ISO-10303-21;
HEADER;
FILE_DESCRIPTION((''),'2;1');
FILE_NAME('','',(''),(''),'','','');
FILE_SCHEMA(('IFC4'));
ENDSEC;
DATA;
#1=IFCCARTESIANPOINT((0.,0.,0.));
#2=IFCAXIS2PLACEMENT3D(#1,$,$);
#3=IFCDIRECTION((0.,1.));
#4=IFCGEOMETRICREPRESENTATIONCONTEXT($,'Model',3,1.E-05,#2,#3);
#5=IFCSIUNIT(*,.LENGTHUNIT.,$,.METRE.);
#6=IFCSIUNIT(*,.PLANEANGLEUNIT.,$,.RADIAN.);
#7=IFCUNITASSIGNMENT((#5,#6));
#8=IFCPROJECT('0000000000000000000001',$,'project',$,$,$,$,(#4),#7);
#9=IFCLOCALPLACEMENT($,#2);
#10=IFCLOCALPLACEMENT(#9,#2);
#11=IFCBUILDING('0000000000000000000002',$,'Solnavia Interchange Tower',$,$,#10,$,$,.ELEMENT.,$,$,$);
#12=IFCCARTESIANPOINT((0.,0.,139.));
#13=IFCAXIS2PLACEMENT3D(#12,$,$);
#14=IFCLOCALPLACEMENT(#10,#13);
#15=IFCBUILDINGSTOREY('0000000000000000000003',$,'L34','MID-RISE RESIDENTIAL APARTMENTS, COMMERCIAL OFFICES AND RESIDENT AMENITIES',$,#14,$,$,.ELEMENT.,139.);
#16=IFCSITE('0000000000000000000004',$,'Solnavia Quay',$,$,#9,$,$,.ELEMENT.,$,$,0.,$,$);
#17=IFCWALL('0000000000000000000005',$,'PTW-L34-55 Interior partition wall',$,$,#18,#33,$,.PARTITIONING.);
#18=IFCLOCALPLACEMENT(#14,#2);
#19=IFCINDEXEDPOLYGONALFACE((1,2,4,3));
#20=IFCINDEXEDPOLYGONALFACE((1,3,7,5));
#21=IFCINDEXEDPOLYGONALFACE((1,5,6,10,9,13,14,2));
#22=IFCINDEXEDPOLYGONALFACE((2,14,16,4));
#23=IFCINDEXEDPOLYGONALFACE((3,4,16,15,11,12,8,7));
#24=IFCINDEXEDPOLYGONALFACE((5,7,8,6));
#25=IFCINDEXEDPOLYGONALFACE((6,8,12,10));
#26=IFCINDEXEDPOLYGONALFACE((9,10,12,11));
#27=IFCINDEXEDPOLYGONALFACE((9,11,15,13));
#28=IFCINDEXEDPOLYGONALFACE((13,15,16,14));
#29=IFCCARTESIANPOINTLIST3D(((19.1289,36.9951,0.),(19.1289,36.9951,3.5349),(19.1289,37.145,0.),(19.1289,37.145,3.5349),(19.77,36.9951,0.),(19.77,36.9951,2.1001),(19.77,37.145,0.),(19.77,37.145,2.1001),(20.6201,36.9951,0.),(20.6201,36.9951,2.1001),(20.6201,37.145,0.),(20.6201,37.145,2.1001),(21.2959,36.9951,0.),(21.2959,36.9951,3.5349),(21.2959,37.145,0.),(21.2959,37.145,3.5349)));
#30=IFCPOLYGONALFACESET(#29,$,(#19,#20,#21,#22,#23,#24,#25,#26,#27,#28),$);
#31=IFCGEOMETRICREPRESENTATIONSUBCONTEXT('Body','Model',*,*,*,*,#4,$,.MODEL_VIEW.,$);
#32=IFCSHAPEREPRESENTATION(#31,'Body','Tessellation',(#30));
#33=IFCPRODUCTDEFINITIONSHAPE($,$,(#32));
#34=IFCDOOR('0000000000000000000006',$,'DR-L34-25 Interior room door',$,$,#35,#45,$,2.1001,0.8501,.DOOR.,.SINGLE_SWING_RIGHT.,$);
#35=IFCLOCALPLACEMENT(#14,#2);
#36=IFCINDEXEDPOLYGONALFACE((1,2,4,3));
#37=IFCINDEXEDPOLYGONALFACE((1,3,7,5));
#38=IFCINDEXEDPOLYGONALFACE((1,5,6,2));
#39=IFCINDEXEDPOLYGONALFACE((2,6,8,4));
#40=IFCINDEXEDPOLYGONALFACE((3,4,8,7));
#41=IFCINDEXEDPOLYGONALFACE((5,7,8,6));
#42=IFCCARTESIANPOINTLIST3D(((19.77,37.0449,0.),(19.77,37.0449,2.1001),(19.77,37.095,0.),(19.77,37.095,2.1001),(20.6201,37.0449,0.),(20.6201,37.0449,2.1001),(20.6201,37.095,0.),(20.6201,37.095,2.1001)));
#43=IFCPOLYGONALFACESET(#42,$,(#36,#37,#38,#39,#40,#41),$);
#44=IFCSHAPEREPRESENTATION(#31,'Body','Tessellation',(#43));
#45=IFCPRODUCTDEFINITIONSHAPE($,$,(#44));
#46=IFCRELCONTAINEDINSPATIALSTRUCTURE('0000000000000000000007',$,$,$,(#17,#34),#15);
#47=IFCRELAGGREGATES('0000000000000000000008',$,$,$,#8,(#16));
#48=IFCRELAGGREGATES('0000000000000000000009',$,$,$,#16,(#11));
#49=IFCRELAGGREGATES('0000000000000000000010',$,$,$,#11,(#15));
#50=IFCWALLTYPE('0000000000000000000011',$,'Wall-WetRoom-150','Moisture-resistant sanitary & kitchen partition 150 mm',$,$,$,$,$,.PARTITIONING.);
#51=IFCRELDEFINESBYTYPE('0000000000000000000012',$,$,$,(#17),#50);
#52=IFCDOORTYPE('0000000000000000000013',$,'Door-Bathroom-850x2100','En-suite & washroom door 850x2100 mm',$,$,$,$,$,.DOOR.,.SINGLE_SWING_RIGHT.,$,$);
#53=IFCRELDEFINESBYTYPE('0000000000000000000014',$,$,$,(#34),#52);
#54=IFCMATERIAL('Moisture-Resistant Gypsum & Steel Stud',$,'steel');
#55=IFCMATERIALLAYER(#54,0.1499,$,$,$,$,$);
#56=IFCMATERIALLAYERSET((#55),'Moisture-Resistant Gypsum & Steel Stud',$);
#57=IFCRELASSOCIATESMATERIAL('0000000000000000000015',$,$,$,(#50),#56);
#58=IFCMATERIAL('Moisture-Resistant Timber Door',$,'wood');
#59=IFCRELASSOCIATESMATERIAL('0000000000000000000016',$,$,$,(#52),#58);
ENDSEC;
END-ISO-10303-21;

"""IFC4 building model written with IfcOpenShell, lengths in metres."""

from ifc_helpers import new_model, si_unit, direction, frame, frame_2d, origin, place, context, subcontext, project, spatial, rectangle, extrude, material, layer, layer_set, type_object, element, fill, save


model = new_model("IFC4")

# Units and contexts
model_context = context("Model", 3, precision=1e-05, world=origin(), true_north=direction((0.0, 1.0)))
body_context = subcontext(model_context, "Body", "Model", "MODEL_VIEW")
ifc_project = project(units=[si_unit("LENGTHUNIT", "METRE"), si_unit("PLANEANGLEUNIT", "RADIAN")], contexts=[model_context])

# Site, building, storey
site_placement = place(None, origin())
site = spatial("IfcSite", under=ifc_project, at=site_placement, Name="Solnavia Quay", CompositionType="ELEMENT", RefElevation=0.0)
building_placement = place(site_placement, origin())
building = spatial("IfcBuilding", under=site, at=building_placement, Name="Solnavia Interchange Tower", CompositionType="ELEMENT")
storey_placement = place(building_placement, frame((0.0, 0.0, 139.0)))
storey = spatial("IfcBuildingStorey", under=building, at=storey_placement, Name="L34", Description="MID-RISE RESIDENTIAL APARTMENTS, COMMERCIAL OFFICES AND RESIDENT AMENITIES", CompositionType="ELEMENT", Elevation=139.0)

# Shared definitions
ifc_material_1 = material(Name="Moisture-Resistant Gypsum & Steel Stud", Category="steel")
ifc_layer_1 = layer(ifc_material_1, 0.1499)
ifc_layer_set_1 = layer_set([ifc_layer_1], Name="Moisture-Resistant Gypsum & Steel Stud")
wall_type_1 = type_object("IfcWallType", Name="Wall-WetRoom-150", Description="Moisture-resistant sanitary & kitchen partition 150 mm", PredefinedType="PARTITIONING", material=ifc_layer_set_1)

# Wall, opening, door
wall_1_placement = place(storey_placement, frame((19.1289, 37.0701, 0.0), z_axis=(0.0, 0.0, 1.0), x_axis=(1.0, 0.0, 0.0)))
wall_1 = element("IfcWall", 1, at=wall_1_placement, inside=storey, type_object=wall_type_1, Name="PTW-L34-55 Interior partition wall", PredefinedType="PARTITIONING", context=body_context, shape_type="SweptSolid", body=[
    extrude(rectangle(XDim=2.167, YDim=0.1499, at=frame_2d((1.0835, 0.0))), origin(), (0.0, 0.0, 1.0), 3.5349),
])
opening_1_placement = place(wall_1_placement, frame((0.6411, 0.0, 0.0)))
opening_1 = element("IfcOpeningElement", 2, at=opening_1_placement, cuts=wall_1, PredefinedType="OPENING", context=body_context, shape_type="SweptSolid", body=[
    extrude(rectangle(XDim=0.8501, YDim=2.1001, at=frame_2d((0.425, 1.05))), frame((0.0, 0.085, 0.0), z_axis=(0.0, -1.0, 0.0), x_axis=(1.0, 0.0, 0.0)), (0.0, 0.0, 1.0), 0.1699),
])
ifc_material_2 = material(Name="Moisture-Resistant Timber Door", Category="wood")
door_type_1 = type_object("IfcDoorType", Name="Door-Bathroom-850x2100", Description="En-suite & washroom door 850x2100 mm", OperationType="SINGLE_SWING_RIGHT", PredefinedType="DOOR", material=ifc_material_2)
door_1_placement = place(opening_1_placement, origin())
door_1 = element("IfcDoor", 3, at=door_1_placement, inside=storey, type_object=door_type_1, Name="DR-L34-25 Interior room door", OperationType="SINGLE_SWING_RIGHT", OverallHeight=2.1001, OverallWidth=0.8501, PredefinedType="DOOR", context=body_context, shape_type="SweptSolid", body=[
    extrude(rectangle(XDim=0.8501, YDim=2.1001, at=frame_2d((0.425, 1.05))), frame((0.0, 0.0249, 0.0), z_axis=(0.0, -1.0, 0.0), x_axis=(1.0, 0.0, 0.0)), (0.0, 0.0, 1.0), 0.05),
])
fill(opening_1, door_1)

save(model, "model.ifc")
